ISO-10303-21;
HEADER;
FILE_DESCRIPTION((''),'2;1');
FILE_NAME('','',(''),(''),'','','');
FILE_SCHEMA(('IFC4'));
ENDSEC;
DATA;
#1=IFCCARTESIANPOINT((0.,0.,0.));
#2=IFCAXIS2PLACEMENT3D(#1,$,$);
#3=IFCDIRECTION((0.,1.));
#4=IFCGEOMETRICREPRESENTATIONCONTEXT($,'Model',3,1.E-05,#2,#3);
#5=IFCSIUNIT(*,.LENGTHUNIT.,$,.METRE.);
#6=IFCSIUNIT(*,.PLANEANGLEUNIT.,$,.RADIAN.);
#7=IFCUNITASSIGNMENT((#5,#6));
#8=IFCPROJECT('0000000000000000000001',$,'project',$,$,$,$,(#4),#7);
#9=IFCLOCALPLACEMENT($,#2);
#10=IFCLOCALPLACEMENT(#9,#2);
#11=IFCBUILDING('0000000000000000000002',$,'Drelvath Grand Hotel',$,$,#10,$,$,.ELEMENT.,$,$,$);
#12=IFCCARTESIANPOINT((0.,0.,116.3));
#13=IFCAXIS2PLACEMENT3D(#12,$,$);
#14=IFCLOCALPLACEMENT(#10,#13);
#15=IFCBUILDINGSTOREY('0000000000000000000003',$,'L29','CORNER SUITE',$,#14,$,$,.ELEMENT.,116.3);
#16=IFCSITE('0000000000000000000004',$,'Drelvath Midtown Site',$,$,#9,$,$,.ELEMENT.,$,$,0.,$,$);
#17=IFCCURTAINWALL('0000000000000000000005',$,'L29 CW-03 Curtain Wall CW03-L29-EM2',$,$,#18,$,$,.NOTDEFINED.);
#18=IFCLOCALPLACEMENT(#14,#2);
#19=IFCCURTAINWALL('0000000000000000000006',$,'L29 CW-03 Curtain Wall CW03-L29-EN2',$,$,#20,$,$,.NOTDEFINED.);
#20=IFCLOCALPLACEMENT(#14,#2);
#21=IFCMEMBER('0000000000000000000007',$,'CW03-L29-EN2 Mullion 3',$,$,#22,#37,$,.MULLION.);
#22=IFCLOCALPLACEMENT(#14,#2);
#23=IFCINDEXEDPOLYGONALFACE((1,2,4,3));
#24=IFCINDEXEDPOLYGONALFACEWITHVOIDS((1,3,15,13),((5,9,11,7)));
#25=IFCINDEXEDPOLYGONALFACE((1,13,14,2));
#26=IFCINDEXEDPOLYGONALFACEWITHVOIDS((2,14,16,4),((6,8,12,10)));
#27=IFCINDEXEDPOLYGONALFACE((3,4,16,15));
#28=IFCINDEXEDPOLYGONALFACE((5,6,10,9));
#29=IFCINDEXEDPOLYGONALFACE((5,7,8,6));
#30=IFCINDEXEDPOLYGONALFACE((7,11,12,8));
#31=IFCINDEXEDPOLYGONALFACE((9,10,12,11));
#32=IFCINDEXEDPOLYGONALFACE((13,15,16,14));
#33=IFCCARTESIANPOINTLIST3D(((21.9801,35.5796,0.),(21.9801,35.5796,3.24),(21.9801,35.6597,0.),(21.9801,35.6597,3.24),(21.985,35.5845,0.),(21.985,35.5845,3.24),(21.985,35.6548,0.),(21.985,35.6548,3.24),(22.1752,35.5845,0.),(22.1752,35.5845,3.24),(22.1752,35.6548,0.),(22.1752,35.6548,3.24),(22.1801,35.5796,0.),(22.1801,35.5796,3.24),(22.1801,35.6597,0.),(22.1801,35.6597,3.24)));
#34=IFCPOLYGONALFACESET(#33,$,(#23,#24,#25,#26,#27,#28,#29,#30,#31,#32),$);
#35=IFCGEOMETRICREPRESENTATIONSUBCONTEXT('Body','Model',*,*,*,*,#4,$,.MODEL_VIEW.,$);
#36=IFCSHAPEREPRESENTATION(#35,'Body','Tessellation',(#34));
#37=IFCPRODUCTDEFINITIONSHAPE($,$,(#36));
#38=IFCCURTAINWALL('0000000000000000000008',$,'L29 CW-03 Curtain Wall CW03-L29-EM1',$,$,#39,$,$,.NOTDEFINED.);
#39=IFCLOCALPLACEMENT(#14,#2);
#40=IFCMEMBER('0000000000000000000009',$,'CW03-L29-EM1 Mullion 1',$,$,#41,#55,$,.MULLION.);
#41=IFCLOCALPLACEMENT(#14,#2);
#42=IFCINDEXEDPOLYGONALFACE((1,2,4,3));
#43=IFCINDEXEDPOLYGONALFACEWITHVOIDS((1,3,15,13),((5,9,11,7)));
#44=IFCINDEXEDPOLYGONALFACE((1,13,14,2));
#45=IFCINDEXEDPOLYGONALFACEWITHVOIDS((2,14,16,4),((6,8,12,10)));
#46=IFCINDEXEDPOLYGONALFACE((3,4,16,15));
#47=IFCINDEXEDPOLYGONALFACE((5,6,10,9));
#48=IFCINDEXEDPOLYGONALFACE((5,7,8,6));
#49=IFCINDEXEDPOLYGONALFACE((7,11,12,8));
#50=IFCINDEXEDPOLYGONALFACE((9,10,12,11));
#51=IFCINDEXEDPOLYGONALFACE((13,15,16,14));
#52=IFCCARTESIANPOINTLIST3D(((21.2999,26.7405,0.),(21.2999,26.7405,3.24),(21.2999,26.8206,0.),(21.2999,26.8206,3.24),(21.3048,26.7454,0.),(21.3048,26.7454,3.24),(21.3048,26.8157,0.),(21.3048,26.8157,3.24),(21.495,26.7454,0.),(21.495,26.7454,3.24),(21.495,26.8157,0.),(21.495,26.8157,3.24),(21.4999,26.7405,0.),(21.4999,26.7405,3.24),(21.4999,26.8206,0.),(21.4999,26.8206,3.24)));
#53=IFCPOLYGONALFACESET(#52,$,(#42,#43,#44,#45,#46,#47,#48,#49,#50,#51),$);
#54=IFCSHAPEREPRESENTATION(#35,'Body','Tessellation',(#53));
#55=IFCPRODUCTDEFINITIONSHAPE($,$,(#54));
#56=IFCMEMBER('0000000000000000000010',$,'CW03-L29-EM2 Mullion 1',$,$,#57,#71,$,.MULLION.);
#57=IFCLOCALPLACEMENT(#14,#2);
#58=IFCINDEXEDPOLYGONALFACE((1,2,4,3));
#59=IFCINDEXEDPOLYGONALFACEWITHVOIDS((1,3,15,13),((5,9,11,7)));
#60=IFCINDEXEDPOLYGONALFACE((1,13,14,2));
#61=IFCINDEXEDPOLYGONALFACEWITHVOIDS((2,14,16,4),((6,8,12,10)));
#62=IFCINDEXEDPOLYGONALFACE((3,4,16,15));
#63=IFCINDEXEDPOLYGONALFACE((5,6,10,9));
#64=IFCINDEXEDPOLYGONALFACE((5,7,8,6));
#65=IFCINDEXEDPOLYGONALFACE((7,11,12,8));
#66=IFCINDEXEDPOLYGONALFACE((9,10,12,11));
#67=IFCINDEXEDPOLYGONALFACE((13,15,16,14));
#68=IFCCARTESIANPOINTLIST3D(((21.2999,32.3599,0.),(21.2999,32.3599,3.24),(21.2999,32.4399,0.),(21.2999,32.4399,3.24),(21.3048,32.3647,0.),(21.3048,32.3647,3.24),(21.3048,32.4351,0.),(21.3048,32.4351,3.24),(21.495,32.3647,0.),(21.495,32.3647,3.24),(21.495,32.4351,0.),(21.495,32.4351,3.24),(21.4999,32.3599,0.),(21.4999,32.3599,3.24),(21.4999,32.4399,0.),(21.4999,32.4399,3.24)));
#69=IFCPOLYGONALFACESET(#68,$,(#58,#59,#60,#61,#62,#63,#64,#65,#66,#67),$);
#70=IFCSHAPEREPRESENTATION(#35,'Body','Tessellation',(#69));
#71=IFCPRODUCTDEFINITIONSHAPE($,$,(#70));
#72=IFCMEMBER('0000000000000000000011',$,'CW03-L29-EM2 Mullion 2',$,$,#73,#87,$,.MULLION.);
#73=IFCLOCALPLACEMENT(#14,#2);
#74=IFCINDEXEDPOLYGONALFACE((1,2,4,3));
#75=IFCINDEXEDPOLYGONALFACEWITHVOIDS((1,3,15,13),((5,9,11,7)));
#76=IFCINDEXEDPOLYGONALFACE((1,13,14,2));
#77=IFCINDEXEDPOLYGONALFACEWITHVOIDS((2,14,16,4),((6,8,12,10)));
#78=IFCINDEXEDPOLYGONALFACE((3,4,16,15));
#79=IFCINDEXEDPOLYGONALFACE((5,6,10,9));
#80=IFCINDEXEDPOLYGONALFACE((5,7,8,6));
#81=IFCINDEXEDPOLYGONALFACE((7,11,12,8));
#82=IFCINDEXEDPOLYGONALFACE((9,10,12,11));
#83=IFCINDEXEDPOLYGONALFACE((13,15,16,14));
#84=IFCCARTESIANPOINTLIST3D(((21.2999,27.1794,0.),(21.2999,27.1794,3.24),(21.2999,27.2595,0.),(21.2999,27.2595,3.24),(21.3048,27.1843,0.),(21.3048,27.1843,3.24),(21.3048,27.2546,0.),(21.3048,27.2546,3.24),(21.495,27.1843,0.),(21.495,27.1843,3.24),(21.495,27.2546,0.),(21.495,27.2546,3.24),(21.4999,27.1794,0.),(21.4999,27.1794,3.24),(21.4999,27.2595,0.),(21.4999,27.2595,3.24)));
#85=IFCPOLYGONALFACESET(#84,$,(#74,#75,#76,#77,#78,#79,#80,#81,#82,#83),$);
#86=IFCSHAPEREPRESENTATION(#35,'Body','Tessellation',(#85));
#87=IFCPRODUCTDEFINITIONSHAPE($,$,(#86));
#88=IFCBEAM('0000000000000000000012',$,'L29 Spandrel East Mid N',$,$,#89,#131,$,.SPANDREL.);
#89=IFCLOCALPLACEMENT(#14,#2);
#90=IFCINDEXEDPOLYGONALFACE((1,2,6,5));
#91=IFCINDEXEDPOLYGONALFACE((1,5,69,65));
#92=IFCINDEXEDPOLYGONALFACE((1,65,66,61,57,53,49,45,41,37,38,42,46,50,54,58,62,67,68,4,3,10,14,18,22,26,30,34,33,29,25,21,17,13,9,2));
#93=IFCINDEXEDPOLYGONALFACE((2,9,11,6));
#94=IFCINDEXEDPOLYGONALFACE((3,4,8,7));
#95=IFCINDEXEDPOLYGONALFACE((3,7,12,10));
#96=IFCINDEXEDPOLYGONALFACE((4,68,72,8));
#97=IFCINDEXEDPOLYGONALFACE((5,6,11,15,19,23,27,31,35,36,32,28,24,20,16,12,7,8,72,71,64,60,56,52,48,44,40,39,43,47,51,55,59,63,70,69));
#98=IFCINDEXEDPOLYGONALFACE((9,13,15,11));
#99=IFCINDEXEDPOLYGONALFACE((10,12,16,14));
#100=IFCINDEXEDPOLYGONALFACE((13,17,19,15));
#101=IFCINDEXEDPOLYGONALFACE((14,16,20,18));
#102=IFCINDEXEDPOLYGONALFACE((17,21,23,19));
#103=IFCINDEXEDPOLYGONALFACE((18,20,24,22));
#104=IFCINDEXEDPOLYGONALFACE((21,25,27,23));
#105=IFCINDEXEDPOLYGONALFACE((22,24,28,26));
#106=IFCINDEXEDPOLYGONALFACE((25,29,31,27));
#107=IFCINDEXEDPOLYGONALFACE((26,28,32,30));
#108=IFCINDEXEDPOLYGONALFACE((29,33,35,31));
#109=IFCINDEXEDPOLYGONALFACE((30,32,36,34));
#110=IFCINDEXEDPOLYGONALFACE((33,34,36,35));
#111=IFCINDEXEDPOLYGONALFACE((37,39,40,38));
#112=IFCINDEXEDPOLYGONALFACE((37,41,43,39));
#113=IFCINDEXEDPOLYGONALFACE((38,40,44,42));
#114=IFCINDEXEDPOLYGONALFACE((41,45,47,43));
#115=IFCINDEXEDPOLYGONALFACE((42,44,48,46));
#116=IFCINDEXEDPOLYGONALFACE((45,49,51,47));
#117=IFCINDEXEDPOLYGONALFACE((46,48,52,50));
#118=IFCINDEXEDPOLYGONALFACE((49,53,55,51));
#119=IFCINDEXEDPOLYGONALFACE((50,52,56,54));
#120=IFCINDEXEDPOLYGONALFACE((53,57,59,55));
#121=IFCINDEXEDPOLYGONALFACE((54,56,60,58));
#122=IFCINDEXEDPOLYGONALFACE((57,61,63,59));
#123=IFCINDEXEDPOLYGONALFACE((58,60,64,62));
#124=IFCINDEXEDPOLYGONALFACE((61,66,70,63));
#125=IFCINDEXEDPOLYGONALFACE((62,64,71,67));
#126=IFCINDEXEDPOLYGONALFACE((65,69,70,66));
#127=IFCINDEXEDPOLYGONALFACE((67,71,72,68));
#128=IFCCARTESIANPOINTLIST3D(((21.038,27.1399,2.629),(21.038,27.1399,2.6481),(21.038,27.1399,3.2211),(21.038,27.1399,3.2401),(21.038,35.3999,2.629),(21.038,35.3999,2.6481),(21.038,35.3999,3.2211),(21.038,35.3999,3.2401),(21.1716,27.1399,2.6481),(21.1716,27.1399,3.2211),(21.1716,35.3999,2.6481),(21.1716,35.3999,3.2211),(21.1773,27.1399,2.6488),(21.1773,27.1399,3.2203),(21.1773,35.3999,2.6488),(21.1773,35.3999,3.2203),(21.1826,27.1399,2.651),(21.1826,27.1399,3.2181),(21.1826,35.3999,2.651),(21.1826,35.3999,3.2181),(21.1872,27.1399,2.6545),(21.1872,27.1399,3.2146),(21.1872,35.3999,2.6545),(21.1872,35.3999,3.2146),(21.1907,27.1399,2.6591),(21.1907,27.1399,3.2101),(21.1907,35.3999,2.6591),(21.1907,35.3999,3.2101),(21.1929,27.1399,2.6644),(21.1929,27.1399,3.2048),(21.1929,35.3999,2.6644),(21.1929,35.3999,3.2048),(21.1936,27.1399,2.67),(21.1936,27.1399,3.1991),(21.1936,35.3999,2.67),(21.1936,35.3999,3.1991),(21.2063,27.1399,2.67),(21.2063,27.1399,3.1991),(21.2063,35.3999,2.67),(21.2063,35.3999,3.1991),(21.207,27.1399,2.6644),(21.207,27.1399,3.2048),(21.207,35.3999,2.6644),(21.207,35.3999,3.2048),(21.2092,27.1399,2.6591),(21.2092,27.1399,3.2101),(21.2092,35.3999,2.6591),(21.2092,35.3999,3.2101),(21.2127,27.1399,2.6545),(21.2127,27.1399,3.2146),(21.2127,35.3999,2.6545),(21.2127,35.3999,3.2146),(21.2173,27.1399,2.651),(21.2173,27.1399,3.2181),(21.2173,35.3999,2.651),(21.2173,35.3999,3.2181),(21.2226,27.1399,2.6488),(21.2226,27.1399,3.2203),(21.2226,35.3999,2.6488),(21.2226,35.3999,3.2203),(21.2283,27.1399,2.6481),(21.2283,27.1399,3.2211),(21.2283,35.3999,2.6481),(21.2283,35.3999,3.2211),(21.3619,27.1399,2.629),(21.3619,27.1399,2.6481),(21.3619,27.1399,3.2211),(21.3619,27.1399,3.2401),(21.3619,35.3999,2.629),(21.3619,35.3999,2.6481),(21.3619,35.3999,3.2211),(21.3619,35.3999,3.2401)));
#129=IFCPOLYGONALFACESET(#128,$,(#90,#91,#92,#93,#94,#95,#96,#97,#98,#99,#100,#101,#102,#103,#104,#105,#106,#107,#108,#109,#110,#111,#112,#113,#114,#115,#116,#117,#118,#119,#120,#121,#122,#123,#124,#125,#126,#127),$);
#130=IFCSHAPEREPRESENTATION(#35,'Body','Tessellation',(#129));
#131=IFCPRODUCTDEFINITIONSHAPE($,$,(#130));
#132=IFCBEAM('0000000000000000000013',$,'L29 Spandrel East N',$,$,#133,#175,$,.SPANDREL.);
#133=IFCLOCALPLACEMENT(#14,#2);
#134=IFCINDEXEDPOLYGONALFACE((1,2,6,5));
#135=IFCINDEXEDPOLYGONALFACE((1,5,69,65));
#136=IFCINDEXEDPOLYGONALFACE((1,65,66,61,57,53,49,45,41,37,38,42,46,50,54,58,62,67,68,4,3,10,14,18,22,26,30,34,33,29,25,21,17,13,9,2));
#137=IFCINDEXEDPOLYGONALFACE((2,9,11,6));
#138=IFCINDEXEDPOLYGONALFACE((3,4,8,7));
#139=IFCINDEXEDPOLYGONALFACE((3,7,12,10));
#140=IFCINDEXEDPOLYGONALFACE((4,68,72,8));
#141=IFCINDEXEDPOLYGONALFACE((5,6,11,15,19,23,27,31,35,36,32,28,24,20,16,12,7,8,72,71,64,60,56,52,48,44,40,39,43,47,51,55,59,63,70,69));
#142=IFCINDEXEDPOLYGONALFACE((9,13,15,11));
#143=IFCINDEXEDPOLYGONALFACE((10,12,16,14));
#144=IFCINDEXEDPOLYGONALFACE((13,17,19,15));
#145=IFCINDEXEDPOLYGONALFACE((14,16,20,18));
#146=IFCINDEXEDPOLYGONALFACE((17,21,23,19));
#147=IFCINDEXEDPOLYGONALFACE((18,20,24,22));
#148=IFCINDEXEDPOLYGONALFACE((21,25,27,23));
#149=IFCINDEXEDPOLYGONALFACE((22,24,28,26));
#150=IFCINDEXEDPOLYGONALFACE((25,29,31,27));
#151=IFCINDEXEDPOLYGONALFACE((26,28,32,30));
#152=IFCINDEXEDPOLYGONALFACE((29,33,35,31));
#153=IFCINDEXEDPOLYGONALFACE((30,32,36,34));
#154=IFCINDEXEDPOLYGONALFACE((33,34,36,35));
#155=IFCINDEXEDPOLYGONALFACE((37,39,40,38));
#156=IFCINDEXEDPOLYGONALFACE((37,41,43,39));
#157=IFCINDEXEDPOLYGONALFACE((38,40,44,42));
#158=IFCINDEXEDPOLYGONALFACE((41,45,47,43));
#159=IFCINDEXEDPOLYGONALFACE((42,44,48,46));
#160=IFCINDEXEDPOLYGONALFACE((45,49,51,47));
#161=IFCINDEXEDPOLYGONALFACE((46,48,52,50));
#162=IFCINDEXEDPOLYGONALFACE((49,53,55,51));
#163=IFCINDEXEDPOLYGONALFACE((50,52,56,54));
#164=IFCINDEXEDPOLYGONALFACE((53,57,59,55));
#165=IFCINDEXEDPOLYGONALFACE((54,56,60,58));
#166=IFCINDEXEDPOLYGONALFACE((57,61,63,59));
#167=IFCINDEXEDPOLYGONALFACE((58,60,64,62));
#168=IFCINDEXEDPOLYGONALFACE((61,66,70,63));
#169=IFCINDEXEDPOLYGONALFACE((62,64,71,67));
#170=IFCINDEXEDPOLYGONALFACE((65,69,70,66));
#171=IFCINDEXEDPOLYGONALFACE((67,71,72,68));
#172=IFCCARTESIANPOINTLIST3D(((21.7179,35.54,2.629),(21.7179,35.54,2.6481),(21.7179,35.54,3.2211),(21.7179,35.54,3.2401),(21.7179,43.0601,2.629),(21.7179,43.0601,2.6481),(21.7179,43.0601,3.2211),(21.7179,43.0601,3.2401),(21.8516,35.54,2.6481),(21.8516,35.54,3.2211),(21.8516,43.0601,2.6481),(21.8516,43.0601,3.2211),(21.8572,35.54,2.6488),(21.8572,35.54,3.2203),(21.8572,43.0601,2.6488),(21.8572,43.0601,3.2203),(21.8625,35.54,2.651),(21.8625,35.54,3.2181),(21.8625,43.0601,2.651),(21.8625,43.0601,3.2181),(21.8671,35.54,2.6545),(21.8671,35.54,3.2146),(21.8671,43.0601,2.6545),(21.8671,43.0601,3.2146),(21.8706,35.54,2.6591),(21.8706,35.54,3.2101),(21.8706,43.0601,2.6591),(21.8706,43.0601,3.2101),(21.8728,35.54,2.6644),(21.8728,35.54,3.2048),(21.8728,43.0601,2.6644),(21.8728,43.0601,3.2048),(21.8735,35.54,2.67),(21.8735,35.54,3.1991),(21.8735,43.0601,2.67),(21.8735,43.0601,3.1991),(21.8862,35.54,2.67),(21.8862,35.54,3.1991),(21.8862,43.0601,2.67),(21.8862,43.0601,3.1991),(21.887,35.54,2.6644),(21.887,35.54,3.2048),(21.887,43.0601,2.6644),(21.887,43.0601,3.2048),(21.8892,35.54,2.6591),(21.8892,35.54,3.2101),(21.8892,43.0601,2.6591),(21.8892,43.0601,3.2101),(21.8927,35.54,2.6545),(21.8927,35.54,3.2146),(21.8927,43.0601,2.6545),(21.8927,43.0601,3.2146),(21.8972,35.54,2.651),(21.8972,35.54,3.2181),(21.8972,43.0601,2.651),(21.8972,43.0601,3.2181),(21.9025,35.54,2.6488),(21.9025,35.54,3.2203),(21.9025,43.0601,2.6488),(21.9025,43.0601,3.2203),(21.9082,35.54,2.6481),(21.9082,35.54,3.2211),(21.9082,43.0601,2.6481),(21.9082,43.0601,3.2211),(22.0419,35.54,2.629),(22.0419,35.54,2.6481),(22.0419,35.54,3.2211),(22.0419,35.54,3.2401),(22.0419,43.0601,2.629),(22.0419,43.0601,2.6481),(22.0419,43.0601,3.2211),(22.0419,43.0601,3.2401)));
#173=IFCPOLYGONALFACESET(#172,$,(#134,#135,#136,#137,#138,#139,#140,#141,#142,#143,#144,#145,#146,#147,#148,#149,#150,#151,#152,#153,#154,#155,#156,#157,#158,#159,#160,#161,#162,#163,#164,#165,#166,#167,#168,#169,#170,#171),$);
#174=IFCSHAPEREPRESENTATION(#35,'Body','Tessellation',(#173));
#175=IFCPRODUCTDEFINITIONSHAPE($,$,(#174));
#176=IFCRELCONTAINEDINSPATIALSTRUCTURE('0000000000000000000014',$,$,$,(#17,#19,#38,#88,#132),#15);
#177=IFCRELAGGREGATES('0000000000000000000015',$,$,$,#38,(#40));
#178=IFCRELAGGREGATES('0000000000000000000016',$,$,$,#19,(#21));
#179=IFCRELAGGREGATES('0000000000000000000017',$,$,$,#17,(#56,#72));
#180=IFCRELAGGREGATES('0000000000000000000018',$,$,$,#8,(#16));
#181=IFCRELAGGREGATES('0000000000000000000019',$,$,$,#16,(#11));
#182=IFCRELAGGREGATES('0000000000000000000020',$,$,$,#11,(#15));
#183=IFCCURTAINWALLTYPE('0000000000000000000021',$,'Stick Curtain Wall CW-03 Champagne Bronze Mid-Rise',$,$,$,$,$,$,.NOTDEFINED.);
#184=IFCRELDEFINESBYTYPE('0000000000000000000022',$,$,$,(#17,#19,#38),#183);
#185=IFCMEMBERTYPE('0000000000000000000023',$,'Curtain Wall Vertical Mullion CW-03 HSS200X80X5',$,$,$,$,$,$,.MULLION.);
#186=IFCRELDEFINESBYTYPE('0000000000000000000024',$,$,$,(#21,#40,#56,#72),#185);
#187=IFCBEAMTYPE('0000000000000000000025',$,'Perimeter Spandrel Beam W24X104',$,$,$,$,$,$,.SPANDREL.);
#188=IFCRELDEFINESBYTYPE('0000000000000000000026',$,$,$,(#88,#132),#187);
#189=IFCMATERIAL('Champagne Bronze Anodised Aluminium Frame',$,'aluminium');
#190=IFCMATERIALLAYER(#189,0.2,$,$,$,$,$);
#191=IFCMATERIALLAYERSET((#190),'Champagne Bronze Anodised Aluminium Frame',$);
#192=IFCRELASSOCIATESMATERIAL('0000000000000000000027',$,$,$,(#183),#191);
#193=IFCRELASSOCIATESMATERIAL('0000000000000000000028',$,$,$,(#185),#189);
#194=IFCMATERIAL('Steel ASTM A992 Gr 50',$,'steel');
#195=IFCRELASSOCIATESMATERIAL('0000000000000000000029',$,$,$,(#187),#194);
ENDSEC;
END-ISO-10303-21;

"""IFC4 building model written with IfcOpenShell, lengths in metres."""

from ifc_helpers import new_model, si_unit, direction, frame, origin, origin_2d, place, context, subcontext, project, spatial, hollow_rectangle, i_section, extrude, material, layer, layer_set, material_profile, profile_set, type_object, element, aggregate, save


model = new_model("IFC4")

# Units and contexts
model_context = context("Model", 3, precision=1e-05, world=origin(), true_north=direction((0.0, 1.0)))
body_context = subcontext(model_context, "Body", "Model", "MODEL_VIEW")
ifc_project = project(units=[si_unit("LENGTHUNIT", "METRE"), si_unit("PLANEANGLEUNIT", "RADIAN")], contexts=[model_context])

# Site, building, storey
site_placement = place(None, origin())
site = spatial("IfcSite", under=ifc_project, at=site_placement, Name="Drelvath Midtown Site", CompositionType="ELEMENT", RefElevation=0.0)
building_placement = place(site_placement, origin())
building = spatial("IfcBuilding", under=site, at=building_placement, Name="Drelvath Grand Hotel", CompositionType="ELEMENT")
storey_placement = place(building_placement, frame((0.0, 0.0, 116.3)))
storey = spatial("IfcBuildingStorey", under=building, at=storey_placement, Name="L29", Description="CORNER SUITE", CompositionType="ELEMENT", Elevation=116.3)

# Curtain wall
ifc_material_1 = material(Name="Champagne Bronze Anodised Aluminium Frame", Category="aluminium")
ifc_layer_1 = layer(ifc_material_1, 0.2)
ifc_layer_set_1 = layer_set([ifc_layer_1], Name="Champagne Bronze Anodised Aluminium Frame")
curtain_wall_type = type_object("IfcCurtainWallType", Name="Stick Curtain Wall CW-03 Champagne Bronze Mid-Rise", PredefinedType="NOTDEFINED", material=ifc_layer_set_1)
curtain_wall_1_placement = place(storey_placement, origin())
curtain_wall_1 = element("IfcCurtainWall", 1, at=curtain_wall_1_placement, inside=storey, type_object=curtain_wall_type, Name="L29 CW-03 Curtain Wall CW03-L29-EM2", PredefinedType="NOTDEFINED")

# Shared definitions
ifc_material_profile_1 = material_profile(ifc_material_1, hollow_rectangle(XDim=0.0801, YDim=0.2, WallThickness=0.0049, at=origin_2d()), Name="HSS200X80X5")
ifc_profile_set_1 = profile_set([ifc_material_profile_1], Name="Champagne Bronze Anodised Aluminium Frame")
member_type_1 = type_object("IfcMemberType", Name="Curtain Wall Vertical Mullion CW-03 HSS200X80X5", PredefinedType="MULLION", material=ifc_profile_set_1)

# Curtain wall, member
curtain_wall_2_placement = place(storey_placement, origin())
curtain_wall_2 = element("IfcCurtainWall", 2, at=curtain_wall_2_placement, inside=storey, type_object=curtain_wall_type, Name="L29 CW-03 Curtain Wall CW03-L29-EN2", PredefinedType="NOTDEFINED")
member_1_placement = place(storey_placement, frame((22.0801, 35.6196, 0.0), z_axis=(0.0, 0.0, 1.0), x_axis=(0.0, 1.0, 0.0)))
member_1 = element("IfcMember", 3, at=member_1_placement, type_object=member_type_1, Name="CW03-L29-EN2 Mullion 3", PredefinedType="MULLION", context=body_context, shape_type="SweptSolid", body=[
    extrude(hollow_rectangle(XDim=0.0801, YDim=0.2, WallThickness=0.0049, at=origin_2d()), origin(), (0.0, 0.0, 1.0), 3.24),
])

# Curtain wall, member
curtain_wall_3_placement = place(storey_placement, origin())
curtain_wall_3 = element("IfcCurtainWall", 4, at=curtain_wall_3_placement, inside=storey, type_object=curtain_wall_type, Name="L29 CW-03 Curtain Wall CW03-L29-EM1", PredefinedType="NOTDEFINED")
member_2_placement = place(storey_placement, frame((21.3999, 26.7805, 0.0), z_axis=(0.0, 0.0, 1.0), x_axis=(0.0, 1.0, 0.0)))
member_2 = element("IfcMember", 5, at=member_2_placement, type_object=member_type_1, Name="CW03-L29-EM1 Mullion 1", PredefinedType="MULLION", context=body_context, shape_type="SweptSolid", body=[
    extrude(hollow_rectangle(XDim=0.0801, YDim=0.2, WallThickness=0.0049, at=origin_2d()), origin(), (0.0, 0.0, 1.0), 3.24),
])
aggregate(curtain_wall_3, [member_2])

# Members
member_3_placement = place(storey_placement, frame((21.3999, 32.3999, 0.0), z_axis=(0.0, 0.0, 1.0), x_axis=(0.0, 1.0, 0.0)))
member_3 = element("IfcMember", 6, at=member_3_placement, type_object=member_type_1, Name="CW03-L29-EM2 Mullion 1", PredefinedType="MULLION", context=body_context, shape_type="SweptSolid", body=[
    extrude(hollow_rectangle(XDim=0.0801, YDim=0.2, WallThickness=0.0049, at=origin_2d()), origin(), (0.0, 0.0, 1.0), 3.24),
])
member_4_placement = place(storey_placement, frame((21.3999, 27.2195, 0.0), z_axis=(0.0, 0.0, 1.0), x_axis=(0.0, 1.0, 0.0)))
member_4 = element("IfcMember", 7, at=member_4_placement, type_object=member_type_1, Name="CW03-L29-EM2 Mullion 2", PredefinedType="MULLION", context=body_context, shape_type="SweptSolid", body=[
    extrude(hollow_rectangle(XDim=0.0801, YDim=0.2, WallThickness=0.0049, at=origin_2d()), origin(), (0.0, 0.0, 1.0), 3.24),
])

# Beams
ifc_material_2 = material(Name="Steel ASTM A992 Gr 50", Category="steel")
ifc_material_profile_2 = material_profile(ifc_material_2, i_section(OverallWidth=0.324, OverallDepth=0.6111, WebThickness=0.0127, FlangeThickness=0.019, FilletRadius=0.022, at=origin_2d()), Name="W24X104")
ifc_profile_set_2 = profile_set([ifc_material_profile_2], Name="Steel ASTM A992 Gr 50")
beam_type_1 = type_object("IfcBeamType", Name="Perimeter Spandrel Beam W24X104", PredefinedType="SPANDREL", material=ifc_profile_set_2)
beam_1_placement = place(storey_placement, frame((21.2, 27.1399, 2.9346), z_axis=(0.0, 1.0, 0.0), x_axis=(-1.0, 0.0, 0.0)))
element("IfcBeam", 8, at=beam_1_placement, inside=storey, type_object=beam_type_1, Name="L29 Spandrel East Mid N", PredefinedType="SPANDREL", context=body_context, shape_type="SweptSolid", body=[
    extrude(i_section(OverallWidth=0.324, OverallDepth=0.6111, WebThickness=0.0127, FlangeThickness=0.019, FilletRadius=0.022, at=origin_2d()), origin(), (0.0, 0.0, 1.0), 8.26),
])
beam_2_placement = place(storey_placement, frame((21.8799, 35.54, 2.9346), z_axis=(0.0, 1.0, 0.0), x_axis=(-1.0, 0.0, 0.0)))
element("IfcBeam", 9, at=beam_2_placement, inside=storey, type_object=beam_type_1, Name="L29 Spandrel East N", PredefinedType="SPANDREL", context=body_context, shape_type="SweptSolid", body=[
    extrude(i_section(OverallWidth=0.324, OverallDepth=0.6111, WebThickness=0.0127, FlangeThickness=0.019, FilletRadius=0.022, at=origin_2d()), origin(), (0.0, 0.0, 1.0), 7.52),
])

aggregate(curtain_wall_2, [member_1])
aggregate(curtain_wall_1, [member_3, member_4])

save(model, "model.ifc")
